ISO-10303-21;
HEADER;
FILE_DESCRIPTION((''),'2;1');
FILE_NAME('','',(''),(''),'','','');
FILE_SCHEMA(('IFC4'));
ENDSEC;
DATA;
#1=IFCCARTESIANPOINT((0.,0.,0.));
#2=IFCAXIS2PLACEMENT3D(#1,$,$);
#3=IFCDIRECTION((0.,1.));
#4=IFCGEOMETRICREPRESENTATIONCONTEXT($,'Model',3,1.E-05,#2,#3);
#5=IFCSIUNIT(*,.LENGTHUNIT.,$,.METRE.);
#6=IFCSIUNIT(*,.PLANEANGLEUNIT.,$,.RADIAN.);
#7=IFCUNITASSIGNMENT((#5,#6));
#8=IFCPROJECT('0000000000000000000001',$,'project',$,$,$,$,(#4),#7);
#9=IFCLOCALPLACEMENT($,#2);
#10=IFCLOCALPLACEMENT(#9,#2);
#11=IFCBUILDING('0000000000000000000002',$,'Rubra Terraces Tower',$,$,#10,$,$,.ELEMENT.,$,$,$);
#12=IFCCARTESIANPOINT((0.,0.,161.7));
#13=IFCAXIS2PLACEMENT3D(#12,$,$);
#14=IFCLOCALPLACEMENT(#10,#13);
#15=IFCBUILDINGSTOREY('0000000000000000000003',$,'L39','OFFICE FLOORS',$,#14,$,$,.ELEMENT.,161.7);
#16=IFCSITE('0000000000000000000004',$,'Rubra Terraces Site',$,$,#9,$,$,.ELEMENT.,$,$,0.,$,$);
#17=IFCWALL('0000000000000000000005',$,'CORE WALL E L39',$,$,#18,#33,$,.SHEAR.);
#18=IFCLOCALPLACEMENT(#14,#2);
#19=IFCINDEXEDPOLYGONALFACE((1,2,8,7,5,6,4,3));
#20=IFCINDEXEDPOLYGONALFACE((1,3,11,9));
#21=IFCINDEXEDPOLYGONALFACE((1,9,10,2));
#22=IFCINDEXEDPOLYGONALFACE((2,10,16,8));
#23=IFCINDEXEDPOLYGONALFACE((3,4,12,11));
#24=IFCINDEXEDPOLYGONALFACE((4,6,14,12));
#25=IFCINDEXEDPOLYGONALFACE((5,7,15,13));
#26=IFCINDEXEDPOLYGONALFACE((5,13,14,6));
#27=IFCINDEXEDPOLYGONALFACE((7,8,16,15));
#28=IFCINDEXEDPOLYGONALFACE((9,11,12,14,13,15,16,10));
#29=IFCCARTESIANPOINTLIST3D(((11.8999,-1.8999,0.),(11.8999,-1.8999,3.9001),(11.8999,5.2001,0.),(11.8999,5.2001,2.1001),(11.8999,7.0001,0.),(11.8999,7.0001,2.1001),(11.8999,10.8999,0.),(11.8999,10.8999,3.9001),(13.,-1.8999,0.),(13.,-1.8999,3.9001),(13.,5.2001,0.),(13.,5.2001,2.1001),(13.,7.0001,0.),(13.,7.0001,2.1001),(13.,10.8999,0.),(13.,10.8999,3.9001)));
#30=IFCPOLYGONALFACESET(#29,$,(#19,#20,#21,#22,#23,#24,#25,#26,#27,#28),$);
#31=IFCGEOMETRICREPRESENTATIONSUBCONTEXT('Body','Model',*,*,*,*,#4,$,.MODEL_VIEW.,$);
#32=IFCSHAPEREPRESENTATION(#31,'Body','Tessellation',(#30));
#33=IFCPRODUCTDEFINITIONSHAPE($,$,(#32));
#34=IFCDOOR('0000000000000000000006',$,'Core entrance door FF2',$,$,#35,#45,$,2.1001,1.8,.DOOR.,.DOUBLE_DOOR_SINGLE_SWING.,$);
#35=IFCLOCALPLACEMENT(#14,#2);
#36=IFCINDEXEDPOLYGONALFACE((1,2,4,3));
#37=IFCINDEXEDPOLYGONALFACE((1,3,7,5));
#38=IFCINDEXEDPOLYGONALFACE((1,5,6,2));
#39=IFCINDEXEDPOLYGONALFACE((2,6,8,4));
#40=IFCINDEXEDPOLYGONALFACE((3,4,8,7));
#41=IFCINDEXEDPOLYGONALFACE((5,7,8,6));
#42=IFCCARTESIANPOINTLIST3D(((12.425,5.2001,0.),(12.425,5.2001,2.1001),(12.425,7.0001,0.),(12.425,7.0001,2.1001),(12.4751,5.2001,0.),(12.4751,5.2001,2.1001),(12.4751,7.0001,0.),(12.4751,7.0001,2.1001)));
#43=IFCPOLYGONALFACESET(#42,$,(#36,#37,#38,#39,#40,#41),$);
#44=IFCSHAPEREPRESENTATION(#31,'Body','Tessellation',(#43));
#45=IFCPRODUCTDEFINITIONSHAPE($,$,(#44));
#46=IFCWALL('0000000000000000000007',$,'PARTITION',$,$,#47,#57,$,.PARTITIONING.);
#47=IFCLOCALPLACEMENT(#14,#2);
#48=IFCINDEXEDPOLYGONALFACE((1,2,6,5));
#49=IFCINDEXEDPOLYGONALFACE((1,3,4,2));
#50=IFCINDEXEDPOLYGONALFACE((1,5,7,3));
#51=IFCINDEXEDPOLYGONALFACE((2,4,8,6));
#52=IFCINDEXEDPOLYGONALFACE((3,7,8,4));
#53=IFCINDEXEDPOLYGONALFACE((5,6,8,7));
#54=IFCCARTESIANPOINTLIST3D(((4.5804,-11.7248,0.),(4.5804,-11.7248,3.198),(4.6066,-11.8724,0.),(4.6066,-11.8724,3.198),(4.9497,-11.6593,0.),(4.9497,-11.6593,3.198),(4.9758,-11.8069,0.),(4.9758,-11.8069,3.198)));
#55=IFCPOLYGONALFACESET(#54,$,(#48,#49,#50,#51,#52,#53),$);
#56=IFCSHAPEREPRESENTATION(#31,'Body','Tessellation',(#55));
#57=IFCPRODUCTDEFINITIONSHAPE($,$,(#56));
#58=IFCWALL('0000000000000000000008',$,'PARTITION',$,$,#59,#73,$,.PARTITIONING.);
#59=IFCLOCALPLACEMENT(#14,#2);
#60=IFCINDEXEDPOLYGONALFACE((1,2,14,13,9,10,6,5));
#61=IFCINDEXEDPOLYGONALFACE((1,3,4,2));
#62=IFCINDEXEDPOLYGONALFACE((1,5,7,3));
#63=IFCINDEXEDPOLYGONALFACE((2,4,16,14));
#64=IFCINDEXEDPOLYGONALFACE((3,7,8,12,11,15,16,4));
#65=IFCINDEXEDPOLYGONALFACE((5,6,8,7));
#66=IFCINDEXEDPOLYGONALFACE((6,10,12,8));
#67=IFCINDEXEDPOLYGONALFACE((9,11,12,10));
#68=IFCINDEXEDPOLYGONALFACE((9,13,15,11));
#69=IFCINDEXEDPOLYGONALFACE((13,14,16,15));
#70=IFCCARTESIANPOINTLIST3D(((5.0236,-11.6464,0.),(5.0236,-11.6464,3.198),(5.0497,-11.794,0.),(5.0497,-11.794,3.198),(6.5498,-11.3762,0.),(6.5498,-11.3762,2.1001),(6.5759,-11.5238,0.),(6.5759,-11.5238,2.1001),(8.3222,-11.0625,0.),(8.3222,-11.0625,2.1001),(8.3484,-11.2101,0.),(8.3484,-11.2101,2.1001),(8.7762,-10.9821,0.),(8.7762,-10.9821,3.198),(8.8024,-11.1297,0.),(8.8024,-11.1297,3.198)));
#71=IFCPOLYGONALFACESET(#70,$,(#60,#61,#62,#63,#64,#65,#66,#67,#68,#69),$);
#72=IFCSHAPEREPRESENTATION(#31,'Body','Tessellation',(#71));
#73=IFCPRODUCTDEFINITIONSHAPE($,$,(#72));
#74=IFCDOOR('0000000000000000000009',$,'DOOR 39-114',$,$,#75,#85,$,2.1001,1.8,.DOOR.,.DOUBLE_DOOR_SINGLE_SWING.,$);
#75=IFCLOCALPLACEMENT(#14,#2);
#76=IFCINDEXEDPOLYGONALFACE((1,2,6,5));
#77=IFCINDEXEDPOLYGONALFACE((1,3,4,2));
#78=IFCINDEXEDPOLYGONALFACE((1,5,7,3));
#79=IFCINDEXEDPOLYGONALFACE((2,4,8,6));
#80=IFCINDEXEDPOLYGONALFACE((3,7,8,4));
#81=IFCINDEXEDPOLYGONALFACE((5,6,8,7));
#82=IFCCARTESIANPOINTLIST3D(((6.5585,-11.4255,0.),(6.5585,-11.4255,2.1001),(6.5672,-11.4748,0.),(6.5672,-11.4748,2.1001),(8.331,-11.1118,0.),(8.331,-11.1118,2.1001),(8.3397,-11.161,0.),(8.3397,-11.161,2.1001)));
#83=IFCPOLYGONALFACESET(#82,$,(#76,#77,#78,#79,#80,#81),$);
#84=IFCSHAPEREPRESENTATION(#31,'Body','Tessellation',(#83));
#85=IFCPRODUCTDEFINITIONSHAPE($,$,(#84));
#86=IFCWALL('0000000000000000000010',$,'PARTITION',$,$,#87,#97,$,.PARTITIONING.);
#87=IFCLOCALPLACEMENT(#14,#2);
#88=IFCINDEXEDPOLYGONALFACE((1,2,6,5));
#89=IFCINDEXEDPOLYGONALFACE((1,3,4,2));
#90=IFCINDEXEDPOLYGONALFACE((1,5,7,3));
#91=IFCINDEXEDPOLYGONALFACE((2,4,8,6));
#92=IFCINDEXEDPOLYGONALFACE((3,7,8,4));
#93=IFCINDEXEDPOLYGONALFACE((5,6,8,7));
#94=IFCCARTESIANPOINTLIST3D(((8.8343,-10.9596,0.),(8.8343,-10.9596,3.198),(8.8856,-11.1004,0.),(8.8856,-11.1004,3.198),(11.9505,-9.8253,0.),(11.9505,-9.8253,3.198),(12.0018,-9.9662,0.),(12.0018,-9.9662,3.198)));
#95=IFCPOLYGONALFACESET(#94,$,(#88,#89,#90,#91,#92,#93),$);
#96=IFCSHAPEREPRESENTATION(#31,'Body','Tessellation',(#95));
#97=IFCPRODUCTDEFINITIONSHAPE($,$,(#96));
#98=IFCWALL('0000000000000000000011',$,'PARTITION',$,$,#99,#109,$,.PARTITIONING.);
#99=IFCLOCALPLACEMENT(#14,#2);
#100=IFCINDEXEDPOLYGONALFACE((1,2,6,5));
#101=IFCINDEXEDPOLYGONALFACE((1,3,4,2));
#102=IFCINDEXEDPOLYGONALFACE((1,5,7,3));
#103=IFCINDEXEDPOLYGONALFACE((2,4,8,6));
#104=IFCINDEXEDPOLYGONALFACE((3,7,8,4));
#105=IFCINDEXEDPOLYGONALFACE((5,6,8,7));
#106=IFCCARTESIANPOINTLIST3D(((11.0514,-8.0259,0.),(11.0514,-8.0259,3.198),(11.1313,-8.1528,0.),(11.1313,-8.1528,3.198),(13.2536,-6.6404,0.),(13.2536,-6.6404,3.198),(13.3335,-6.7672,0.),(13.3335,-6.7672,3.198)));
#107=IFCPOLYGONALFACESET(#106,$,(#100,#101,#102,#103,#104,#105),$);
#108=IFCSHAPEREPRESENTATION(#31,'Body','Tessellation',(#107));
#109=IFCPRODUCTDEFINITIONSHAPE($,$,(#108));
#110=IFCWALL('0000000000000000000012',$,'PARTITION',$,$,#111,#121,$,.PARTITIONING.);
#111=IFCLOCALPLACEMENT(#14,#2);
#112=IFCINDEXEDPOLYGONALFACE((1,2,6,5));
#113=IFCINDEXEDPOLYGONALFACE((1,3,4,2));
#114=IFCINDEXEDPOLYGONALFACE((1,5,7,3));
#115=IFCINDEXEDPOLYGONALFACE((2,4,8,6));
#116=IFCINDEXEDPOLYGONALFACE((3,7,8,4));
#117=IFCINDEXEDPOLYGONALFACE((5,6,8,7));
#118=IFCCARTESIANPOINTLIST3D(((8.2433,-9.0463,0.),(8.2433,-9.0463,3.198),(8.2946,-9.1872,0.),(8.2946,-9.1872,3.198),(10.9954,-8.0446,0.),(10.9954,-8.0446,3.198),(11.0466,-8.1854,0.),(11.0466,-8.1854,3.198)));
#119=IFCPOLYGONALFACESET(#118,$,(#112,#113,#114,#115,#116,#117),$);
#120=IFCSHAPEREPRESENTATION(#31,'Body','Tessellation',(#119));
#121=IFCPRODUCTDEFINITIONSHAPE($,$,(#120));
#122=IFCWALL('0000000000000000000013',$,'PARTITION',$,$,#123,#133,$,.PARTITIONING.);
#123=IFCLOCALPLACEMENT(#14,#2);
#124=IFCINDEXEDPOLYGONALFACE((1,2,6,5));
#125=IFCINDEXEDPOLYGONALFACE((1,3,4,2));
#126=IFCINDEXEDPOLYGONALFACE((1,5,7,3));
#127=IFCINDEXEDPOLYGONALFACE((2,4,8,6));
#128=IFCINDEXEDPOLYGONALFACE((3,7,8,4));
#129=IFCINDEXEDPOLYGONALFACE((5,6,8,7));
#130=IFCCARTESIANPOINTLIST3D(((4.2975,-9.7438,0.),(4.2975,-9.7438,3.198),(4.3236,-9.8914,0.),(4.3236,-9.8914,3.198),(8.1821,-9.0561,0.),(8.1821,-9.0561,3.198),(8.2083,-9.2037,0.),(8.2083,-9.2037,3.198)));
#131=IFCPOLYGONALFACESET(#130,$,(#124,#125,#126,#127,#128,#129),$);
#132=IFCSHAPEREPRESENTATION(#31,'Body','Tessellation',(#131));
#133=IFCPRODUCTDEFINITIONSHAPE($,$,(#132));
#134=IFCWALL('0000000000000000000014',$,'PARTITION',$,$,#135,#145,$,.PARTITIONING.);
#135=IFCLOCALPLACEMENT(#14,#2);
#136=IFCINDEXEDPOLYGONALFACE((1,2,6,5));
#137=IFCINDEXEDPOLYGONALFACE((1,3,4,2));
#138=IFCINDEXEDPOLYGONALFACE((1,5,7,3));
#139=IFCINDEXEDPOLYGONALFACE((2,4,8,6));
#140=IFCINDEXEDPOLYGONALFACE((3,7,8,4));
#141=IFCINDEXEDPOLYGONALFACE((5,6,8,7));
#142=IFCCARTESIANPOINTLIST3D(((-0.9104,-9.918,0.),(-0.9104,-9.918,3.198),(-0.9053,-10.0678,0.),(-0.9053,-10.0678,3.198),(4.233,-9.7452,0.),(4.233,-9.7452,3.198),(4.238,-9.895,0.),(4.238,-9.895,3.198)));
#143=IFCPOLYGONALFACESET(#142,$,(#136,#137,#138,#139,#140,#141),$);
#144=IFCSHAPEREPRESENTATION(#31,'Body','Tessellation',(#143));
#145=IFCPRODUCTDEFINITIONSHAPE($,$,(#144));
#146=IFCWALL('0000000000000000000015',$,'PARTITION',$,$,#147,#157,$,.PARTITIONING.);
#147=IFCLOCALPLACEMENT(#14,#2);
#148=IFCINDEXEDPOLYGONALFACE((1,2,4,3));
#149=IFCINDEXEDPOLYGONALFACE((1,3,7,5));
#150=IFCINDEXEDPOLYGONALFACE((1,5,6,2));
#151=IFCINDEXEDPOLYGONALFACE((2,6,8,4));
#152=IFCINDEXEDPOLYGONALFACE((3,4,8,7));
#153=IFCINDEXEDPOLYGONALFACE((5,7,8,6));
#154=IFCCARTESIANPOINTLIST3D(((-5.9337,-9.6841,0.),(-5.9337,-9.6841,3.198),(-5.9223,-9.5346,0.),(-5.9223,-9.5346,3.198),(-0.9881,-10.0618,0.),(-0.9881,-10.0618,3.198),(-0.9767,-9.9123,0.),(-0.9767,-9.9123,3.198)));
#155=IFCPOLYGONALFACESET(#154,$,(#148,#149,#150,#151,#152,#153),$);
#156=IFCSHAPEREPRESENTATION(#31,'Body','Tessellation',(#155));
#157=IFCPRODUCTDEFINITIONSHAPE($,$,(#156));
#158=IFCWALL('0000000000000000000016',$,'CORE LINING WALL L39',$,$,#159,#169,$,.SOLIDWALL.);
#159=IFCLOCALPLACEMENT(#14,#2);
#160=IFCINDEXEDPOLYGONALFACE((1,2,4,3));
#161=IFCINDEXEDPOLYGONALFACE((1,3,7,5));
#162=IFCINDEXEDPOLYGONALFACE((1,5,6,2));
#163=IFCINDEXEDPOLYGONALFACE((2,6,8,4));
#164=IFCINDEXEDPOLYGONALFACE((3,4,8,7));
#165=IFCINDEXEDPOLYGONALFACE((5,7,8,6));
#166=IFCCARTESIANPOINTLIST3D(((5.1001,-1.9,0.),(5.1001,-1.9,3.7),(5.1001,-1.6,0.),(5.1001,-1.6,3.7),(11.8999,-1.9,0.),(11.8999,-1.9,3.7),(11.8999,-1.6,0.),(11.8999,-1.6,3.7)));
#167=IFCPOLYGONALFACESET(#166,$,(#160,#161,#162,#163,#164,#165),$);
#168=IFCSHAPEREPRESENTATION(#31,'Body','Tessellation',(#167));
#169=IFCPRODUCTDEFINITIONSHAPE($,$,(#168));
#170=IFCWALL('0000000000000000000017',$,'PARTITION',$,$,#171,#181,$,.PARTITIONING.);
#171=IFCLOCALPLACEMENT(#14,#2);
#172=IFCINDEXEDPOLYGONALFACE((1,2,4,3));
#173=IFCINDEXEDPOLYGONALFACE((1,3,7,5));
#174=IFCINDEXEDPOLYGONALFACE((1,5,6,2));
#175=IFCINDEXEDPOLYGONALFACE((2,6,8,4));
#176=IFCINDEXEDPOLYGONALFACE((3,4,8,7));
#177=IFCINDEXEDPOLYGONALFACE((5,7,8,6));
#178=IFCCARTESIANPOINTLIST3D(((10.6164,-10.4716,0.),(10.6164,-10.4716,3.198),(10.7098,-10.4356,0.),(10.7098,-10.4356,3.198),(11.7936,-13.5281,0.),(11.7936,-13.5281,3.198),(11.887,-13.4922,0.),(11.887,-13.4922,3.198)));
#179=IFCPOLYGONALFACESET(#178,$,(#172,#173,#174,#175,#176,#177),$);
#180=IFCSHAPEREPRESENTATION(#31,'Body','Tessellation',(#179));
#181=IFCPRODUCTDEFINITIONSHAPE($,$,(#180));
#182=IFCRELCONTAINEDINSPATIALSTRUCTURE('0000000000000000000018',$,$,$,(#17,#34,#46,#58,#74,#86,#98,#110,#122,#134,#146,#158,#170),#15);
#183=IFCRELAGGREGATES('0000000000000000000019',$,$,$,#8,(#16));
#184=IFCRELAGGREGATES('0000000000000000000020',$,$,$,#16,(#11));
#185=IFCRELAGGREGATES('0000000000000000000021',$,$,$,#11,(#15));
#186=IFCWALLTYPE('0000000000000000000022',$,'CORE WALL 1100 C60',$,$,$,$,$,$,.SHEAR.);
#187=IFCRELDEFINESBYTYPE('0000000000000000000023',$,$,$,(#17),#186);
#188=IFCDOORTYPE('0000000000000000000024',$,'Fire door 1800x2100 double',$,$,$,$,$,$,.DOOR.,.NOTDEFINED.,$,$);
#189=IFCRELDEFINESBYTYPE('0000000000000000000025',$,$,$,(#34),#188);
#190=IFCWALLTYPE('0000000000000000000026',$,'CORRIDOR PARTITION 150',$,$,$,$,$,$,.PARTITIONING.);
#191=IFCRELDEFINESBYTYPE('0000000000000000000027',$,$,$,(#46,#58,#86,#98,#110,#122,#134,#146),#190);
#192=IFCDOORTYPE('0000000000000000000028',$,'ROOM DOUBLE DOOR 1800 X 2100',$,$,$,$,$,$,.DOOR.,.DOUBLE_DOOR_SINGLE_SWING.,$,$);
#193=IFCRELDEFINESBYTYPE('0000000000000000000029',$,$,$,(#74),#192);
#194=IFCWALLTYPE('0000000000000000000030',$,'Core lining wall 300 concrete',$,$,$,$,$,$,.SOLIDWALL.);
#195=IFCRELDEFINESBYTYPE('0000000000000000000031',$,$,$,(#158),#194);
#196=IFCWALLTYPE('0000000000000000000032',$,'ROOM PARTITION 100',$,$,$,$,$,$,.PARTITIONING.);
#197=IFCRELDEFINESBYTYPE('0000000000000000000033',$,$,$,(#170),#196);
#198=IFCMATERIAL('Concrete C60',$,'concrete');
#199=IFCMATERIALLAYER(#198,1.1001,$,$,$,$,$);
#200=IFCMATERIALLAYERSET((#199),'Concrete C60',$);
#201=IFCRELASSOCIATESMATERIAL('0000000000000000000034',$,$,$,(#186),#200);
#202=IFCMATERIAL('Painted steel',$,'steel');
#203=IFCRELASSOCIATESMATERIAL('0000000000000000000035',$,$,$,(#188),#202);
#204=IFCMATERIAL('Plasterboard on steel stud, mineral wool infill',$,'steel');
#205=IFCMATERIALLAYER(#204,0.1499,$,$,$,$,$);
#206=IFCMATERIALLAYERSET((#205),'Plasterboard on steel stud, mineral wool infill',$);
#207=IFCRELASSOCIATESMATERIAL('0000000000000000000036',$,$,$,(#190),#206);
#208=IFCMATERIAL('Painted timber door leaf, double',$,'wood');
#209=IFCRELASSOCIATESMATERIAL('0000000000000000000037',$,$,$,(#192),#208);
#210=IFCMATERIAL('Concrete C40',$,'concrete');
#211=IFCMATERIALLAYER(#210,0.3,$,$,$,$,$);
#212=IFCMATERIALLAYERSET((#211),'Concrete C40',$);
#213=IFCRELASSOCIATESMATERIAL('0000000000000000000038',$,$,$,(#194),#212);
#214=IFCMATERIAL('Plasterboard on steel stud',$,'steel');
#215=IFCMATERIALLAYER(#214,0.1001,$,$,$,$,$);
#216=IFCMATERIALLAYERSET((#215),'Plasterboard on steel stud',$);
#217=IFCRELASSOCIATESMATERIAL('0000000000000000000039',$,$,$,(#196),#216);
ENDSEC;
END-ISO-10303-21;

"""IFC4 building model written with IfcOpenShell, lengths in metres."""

from ifc_helpers import new_model, si_unit, direction, frame, frame_2d, origin, place, context, subcontext, project, spatial, rectangle, extrude, material, layer, layer_set, type_object, element, fill, save


model = new_model("IFC4")

# Units and contexts
model_context = context("Model", 3, precision=1e-05, world=origin(), true_north=direction((0.0, 1.0)))
body_context = subcontext(model_context, "Body", "Model", "MODEL_VIEW")
ifc_project = project(units=[si_unit("LENGTHUNIT", "METRE"), si_unit("PLANEANGLEUNIT", "RADIAN")], contexts=[model_context])

# Site, building, storey
site_placement = place(None, origin())
site = spatial("IfcSite", under=ifc_project, at=site_placement, Name="Rubra Terraces Site", CompositionType="ELEMENT", RefElevation=0.0)
building_placement = place(site_placement, origin())
building = spatial("IfcBuilding", under=site, at=building_placement, Name="Rubra Terraces Tower", CompositionType="ELEMENT")
storey_placement = place(building_placement, frame((0.0, 0.0, 161.7)))
storey = spatial("IfcBuildingStorey", under=building, at=storey_placement, Name="L39", Description="OFFICE FLOORS", CompositionType="ELEMENT", Elevation=161.7)

# Wall, opening, door
ifc_material_1 = material(Name="Concrete C60", Category="concrete")
ifc_layer_1 = layer(ifc_material_1, 1.1001)
ifc_layer_set_1 = layer_set([ifc_layer_1], Name="Concrete C60")
wall_type_1 = type_object("IfcWallType", Name="CORE WALL 1100 C60", PredefinedType="SHEAR", material=ifc_layer_set_1)
wall_1_placement = place(storey_placement, frame((12.45, -1.8999, 0.0), z_axis=(0.0, 0.0, 1.0), x_axis=(0.0, 1.0, 0.0)))
wall_1 = element("IfcWall", 1, at=wall_1_placement, inside=storey, type_object=wall_type_1, Name="CORE WALL E L39", PredefinedType="SHEAR", context=body_context, shape_type="SweptSolid", body=[
    extrude(rectangle(XDim=12.7998, YDim=1.1001, at=frame_2d((6.3999, 0.0))), origin(), (0.0, 0.0, 1.0), 3.9001),
])
opening_1_placement = place(wall_1_placement, frame((7.1001, 0.0, 0.0)))
opening_1 = element("IfcOpeningElement", 2, at=opening_1_placement, cuts=wall_1, PredefinedType="OPENING", context=body_context, shape_type="SweptSolid", body=[
    extrude(rectangle(XDim=1.8, YDim=2.1001, at=frame_2d((0.8999, 1.05))), frame((0.0, 0.5601, 0.0), z_axis=(0.0, -1.0, 0.0), x_axis=(1.0, 0.0, 0.0)), (0.0, 0.0, 1.0), 1.1201),
])
ifc_material_2 = material(Name="Painted steel", Category="steel")
door_type_1 = type_object("IfcDoorType", Name="Fire door 1800x2100 double", OperationType="NOTDEFINED", PredefinedType="DOOR", material=ifc_material_2)
door_1_placement = place(opening_1_placement, origin())
door_1 = element("IfcDoor", 3, at=door_1_placement, inside=storey, type_object=door_type_1, Name="Core entrance door FF2", OperationType="DOUBLE_DOOR_SINGLE_SWING", OverallHeight=2.1001, OverallWidth=1.8, PredefinedType="DOOR", context=body_context, shape_type="SweptSolid", body=[
    extrude(rectangle(XDim=1.8, YDim=2.1001, at=frame_2d((0.8999, 1.05))), frame((0.0, 0.0249, 0.0), z_axis=(0.0, -1.0, 0.0), x_axis=(1.0, 0.0, 0.0)), (0.0, 0.0, 1.0), 0.05),
])
fill(opening_1, door_1)

# Wall
ifc_material_3 = material(Name="Plasterboard on steel stud, mineral wool infill", Category="steel")
ifc_layer_2 = layer(ifc_material_3, 0.1499)
ifc_layer_set_2 = layer_set([ifc_layer_2], Name="Plasterboard on steel stud, mineral wool infill")
wall_type_2 = type_object("IfcWallType", Name="CORRIDOR PARTITION 150", PredefinedType="PARTITIONING", material=ifc_layer_set_2)
wall_2_placement = place(storey_placement, frame((4.5935, -11.7986, 0.0), z_axis=(0.0, 0.0, 1.0), x_axis=(0.984652, 0.174528, 0.0)))
element("IfcWall", 4, at=wall_2_placement, inside=storey, type_object=wall_type_2, Name="PARTITION", PredefinedType="PARTITIONING", context=body_context, shape_type="SweptSolid", body=[
    extrude(rectangle(XDim=0.375, YDim=0.1499, at=frame_2d((0.1875, 0.0))), origin(), (0.0, 0.0, 1.0), 3.198),
])

# Wall, opening, door
wall_3_placement = place(storey_placement, frame((5.0366, -11.7202, 0.0), z_axis=(0.0, 0.0, 1.0), x_axis=(0.984691, 0.174312, 0.0)))
wall_3 = element("IfcWall", 5, at=wall_3_placement, inside=storey, type_object=wall_type_2, Name="PARTITION", PredefinedType="PARTITIONING", context=body_context, shape_type="SweptSolid", body=[
    extrude(rectangle(XDim=3.811, YDim=0.1499, at=frame_2d((1.9055, 0.0))), origin(), (0.0, 0.0, 1.0), 3.198),
])
opening_2_placement = place(wall_3_placement, frame((1.55, 0.0, 0.0)))
opening_2 = element("IfcOpeningElement", 6, at=opening_2_placement, cuts=wall_3, PredefinedType="OPENING", context=body_context, shape_type="SweptSolid", body=[
    extrude(rectangle(XDim=1.8, YDim=2.1001, at=frame_2d((0.8999, 1.05))), frame((0.0, 0.085, 0.0), z_axis=(0.0, -1.0, 0.0), x_axis=(1.0, 0.0, 0.0)), (0.0, 0.0, 1.0), 0.1699),
])
ifc_material_4 = material(Name="Painted timber door leaf, double", Category="wood")
door_type_2 = type_object("IfcDoorType", Name="ROOM DOUBLE DOOR 1800 X 2100", OperationType="DOUBLE_DOOR_SINGLE_SWING", PredefinedType="DOOR", material=ifc_material_4)
door_2_placement = place(opening_2_placement, origin())
door_2 = element("IfcDoor", 7, at=door_2_placement, inside=storey, type_object=door_type_2, Name="DOOR 39-114", OperationType="DOUBLE_DOOR_SINGLE_SWING", OverallHeight=2.1001, OverallWidth=1.8, PredefinedType="DOOR", context=body_context, shape_type="SweptSolid", body=[
    extrude(rectangle(XDim=1.8, YDim=2.1001, at=frame_2d((0.8999, 1.05))), frame((0.0, 0.0249, 0.0), z_axis=(0.0, -1.0, 0.0), x_axis=(1.0, 0.0, 0.0)), (0.0, 0.0, 1.0), 0.05),
])
fill(opening_2, door_2)

# Wall
wall_4_placement = place(storey_placement, frame((8.8599, -11.03, 0.0), z_axis=(0.0, 0.0, 1.0), x_axis=(0.939686, 0.342039, 0.0)))
element("IfcWall", 8, at=wall_4_placement, inside=storey, type_object=wall_type_2, Name="PARTITION", PredefinedType="PARTITIONING", context=body_context, shape_type="SweptSolid", body=[
    extrude(rectangle(XDim=3.3162, YDim=0.1499, at=frame_2d((1.6582, 0.0))), origin(), (0.0, 0.0, 1.0), 3.198),
])

# Walls
wall_5_placement = place(storey_placement, frame((13.2935, -6.7039, 0.0), z_axis=(0.0, 0.0, 1.0), x_axis=(-0.846413, -0.532527, 0.0)))
element("IfcWall", 9, at=wall_5_placement, inside=storey, type_object=wall_type_2, Name="PARTITION", PredefinedType="PARTITIONING", context=body_context, shape_type="SweptSolid", body=[
    extrude(rectangle(XDim=2.6018, YDim=0.1499, at=frame_2d((1.3008, 0.0))), origin(), (0.0, 0.0, 1.0), 3.198),
])
wall_6_placement = place(storey_placement, frame((11.021, -8.115, 0.0), z_axis=(0.0, 0.0, 1.0), x_axis=(-0.939684, -0.342044, 0.0)))
element("IfcWall", 10, at=wall_6_placement, inside=storey, type_object=wall_type_2, Name="PARTITION", PredefinedType="PARTITIONING", context=body_context, shape_type="SweptSolid", body=[
    extrude(rectangle(XDim=2.9287, YDim=0.1499, at=frame_2d((1.4644, 0.0))), origin(), (0.0, 0.0, 1.0), 3.198),
])
wall_7_placement = place(storey_placement, frame((8.1953, -9.1299, 0.0), z_axis=(0.0, 0.0, 1.0), x_axis=(-0.984688, -0.174325, 0.0)))
element("IfcWall", 11, at=wall_7_placement, inside=storey, type_object=wall_type_2, Name="PARTITION", PredefinedType="PARTITIONING", context=body_context, shape_type="SweptSolid", body=[
    extrude(rectangle(XDim=3.9451, YDim=0.1499, at=frame_2d((1.9727, 0.0))), origin(), (0.0, 0.0, 1.0), 3.198),
])
wall_8_placement = place(storey_placement, frame((4.2356, -9.8201, 0.0), z_axis=(0.0, 0.0, 1.0), x_axis=(-0.999436, -0.033588, 0.0)))
element("IfcWall", 12, at=wall_8_placement, inside=storey, type_object=wall_type_2, Name="PARTITION", PredefinedType="PARTITIONING", context=body_context, shape_type="SweptSolid", body=[
    extrude(rectangle(XDim=5.1462, YDim=0.1499, at=frame_2d((2.5732, 0.0))), origin(), (0.0, 0.0, 1.0), 3.198),
])
wall_9_placement = place(storey_placement, frame((-0.9824, -9.9871, 0.0), z_axis=(0.0, 0.0, 1.0), x_axis=(-0.997097, 0.076147, 0.0)))
element("IfcWall", 13, at=wall_9_placement, inside=storey, type_object=wall_type_2, Name="PARTITION", PredefinedType="PARTITIONING", context=body_context, shape_type="SweptSolid", body=[
    extrude(rectangle(XDim=4.96, YDim=0.1499, at=frame_2d((2.48, 0.0))), origin(), (0.0, 0.0, 1.0), 3.198),
])
ifc_material_5 = material(Name="Concrete C40", Category="concrete")
ifc_layer_3 = layer(ifc_material_5, 0.3)
ifc_layer_set_3 = layer_set([ifc_layer_3], Name="Concrete C40")
wall_type_3 = type_object("IfcWallType", Name="Core lining wall 300 concrete", PredefinedType="SOLIDWALL", material=ifc_layer_set_3)
wall_10_placement = place(storey_placement, frame((11.8999, -1.75, 0.0), z_axis=(0.0, 0.0, 1.0), x_axis=(-1.0, 0.0, 0.0)))
element("IfcWall", 14, at=wall_10_placement, inside=storey, type_object=wall_type_3, Name="CORE LINING WALL L39", PredefinedType="SOLIDWALL", context=body_context, shape_type="SweptSolid", body=[
    extrude(rectangle(XDim=6.7998, YDim=0.3, at=frame_2d((3.3999, 0.0))), origin(), (0.0, 0.0, 1.0), 3.7),
])
ifc_material_6 = material(Name="Plasterboard on steel stud", Category="steel")
ifc_layer_4 = layer(ifc_material_6, 0.1001)
ifc_layer_set_4 = layer_set([ifc_layer_4], Name="Plasterboard on steel stud")
wall_type_4 = type_object("IfcWallType", Name="ROOM PARTITION 100", PredefinedType="PARTITIONING", material=ifc_layer_set_4)
wall_11_placement = place(storey_placement, frame((10.6631, -10.4536, 0.0), z_axis=(0.0, 0.0, 1.0), x_axis=(0.359409, -0.93318, 0.0)))
element("IfcWall", 15, at=wall_11_placement, inside=storey, type_object=wall_type_4, Name="PARTITION", PredefinedType="PARTITIONING", context=body_context, shape_type="SweptSolid", body=[
    extrude(rectangle(XDim=3.2754, YDim=0.1001, at=frame_2d((1.6377, 0.0))), origin(), (0.0, 0.0, 1.0), 3.198),
])

save(model, "model.ifc")
